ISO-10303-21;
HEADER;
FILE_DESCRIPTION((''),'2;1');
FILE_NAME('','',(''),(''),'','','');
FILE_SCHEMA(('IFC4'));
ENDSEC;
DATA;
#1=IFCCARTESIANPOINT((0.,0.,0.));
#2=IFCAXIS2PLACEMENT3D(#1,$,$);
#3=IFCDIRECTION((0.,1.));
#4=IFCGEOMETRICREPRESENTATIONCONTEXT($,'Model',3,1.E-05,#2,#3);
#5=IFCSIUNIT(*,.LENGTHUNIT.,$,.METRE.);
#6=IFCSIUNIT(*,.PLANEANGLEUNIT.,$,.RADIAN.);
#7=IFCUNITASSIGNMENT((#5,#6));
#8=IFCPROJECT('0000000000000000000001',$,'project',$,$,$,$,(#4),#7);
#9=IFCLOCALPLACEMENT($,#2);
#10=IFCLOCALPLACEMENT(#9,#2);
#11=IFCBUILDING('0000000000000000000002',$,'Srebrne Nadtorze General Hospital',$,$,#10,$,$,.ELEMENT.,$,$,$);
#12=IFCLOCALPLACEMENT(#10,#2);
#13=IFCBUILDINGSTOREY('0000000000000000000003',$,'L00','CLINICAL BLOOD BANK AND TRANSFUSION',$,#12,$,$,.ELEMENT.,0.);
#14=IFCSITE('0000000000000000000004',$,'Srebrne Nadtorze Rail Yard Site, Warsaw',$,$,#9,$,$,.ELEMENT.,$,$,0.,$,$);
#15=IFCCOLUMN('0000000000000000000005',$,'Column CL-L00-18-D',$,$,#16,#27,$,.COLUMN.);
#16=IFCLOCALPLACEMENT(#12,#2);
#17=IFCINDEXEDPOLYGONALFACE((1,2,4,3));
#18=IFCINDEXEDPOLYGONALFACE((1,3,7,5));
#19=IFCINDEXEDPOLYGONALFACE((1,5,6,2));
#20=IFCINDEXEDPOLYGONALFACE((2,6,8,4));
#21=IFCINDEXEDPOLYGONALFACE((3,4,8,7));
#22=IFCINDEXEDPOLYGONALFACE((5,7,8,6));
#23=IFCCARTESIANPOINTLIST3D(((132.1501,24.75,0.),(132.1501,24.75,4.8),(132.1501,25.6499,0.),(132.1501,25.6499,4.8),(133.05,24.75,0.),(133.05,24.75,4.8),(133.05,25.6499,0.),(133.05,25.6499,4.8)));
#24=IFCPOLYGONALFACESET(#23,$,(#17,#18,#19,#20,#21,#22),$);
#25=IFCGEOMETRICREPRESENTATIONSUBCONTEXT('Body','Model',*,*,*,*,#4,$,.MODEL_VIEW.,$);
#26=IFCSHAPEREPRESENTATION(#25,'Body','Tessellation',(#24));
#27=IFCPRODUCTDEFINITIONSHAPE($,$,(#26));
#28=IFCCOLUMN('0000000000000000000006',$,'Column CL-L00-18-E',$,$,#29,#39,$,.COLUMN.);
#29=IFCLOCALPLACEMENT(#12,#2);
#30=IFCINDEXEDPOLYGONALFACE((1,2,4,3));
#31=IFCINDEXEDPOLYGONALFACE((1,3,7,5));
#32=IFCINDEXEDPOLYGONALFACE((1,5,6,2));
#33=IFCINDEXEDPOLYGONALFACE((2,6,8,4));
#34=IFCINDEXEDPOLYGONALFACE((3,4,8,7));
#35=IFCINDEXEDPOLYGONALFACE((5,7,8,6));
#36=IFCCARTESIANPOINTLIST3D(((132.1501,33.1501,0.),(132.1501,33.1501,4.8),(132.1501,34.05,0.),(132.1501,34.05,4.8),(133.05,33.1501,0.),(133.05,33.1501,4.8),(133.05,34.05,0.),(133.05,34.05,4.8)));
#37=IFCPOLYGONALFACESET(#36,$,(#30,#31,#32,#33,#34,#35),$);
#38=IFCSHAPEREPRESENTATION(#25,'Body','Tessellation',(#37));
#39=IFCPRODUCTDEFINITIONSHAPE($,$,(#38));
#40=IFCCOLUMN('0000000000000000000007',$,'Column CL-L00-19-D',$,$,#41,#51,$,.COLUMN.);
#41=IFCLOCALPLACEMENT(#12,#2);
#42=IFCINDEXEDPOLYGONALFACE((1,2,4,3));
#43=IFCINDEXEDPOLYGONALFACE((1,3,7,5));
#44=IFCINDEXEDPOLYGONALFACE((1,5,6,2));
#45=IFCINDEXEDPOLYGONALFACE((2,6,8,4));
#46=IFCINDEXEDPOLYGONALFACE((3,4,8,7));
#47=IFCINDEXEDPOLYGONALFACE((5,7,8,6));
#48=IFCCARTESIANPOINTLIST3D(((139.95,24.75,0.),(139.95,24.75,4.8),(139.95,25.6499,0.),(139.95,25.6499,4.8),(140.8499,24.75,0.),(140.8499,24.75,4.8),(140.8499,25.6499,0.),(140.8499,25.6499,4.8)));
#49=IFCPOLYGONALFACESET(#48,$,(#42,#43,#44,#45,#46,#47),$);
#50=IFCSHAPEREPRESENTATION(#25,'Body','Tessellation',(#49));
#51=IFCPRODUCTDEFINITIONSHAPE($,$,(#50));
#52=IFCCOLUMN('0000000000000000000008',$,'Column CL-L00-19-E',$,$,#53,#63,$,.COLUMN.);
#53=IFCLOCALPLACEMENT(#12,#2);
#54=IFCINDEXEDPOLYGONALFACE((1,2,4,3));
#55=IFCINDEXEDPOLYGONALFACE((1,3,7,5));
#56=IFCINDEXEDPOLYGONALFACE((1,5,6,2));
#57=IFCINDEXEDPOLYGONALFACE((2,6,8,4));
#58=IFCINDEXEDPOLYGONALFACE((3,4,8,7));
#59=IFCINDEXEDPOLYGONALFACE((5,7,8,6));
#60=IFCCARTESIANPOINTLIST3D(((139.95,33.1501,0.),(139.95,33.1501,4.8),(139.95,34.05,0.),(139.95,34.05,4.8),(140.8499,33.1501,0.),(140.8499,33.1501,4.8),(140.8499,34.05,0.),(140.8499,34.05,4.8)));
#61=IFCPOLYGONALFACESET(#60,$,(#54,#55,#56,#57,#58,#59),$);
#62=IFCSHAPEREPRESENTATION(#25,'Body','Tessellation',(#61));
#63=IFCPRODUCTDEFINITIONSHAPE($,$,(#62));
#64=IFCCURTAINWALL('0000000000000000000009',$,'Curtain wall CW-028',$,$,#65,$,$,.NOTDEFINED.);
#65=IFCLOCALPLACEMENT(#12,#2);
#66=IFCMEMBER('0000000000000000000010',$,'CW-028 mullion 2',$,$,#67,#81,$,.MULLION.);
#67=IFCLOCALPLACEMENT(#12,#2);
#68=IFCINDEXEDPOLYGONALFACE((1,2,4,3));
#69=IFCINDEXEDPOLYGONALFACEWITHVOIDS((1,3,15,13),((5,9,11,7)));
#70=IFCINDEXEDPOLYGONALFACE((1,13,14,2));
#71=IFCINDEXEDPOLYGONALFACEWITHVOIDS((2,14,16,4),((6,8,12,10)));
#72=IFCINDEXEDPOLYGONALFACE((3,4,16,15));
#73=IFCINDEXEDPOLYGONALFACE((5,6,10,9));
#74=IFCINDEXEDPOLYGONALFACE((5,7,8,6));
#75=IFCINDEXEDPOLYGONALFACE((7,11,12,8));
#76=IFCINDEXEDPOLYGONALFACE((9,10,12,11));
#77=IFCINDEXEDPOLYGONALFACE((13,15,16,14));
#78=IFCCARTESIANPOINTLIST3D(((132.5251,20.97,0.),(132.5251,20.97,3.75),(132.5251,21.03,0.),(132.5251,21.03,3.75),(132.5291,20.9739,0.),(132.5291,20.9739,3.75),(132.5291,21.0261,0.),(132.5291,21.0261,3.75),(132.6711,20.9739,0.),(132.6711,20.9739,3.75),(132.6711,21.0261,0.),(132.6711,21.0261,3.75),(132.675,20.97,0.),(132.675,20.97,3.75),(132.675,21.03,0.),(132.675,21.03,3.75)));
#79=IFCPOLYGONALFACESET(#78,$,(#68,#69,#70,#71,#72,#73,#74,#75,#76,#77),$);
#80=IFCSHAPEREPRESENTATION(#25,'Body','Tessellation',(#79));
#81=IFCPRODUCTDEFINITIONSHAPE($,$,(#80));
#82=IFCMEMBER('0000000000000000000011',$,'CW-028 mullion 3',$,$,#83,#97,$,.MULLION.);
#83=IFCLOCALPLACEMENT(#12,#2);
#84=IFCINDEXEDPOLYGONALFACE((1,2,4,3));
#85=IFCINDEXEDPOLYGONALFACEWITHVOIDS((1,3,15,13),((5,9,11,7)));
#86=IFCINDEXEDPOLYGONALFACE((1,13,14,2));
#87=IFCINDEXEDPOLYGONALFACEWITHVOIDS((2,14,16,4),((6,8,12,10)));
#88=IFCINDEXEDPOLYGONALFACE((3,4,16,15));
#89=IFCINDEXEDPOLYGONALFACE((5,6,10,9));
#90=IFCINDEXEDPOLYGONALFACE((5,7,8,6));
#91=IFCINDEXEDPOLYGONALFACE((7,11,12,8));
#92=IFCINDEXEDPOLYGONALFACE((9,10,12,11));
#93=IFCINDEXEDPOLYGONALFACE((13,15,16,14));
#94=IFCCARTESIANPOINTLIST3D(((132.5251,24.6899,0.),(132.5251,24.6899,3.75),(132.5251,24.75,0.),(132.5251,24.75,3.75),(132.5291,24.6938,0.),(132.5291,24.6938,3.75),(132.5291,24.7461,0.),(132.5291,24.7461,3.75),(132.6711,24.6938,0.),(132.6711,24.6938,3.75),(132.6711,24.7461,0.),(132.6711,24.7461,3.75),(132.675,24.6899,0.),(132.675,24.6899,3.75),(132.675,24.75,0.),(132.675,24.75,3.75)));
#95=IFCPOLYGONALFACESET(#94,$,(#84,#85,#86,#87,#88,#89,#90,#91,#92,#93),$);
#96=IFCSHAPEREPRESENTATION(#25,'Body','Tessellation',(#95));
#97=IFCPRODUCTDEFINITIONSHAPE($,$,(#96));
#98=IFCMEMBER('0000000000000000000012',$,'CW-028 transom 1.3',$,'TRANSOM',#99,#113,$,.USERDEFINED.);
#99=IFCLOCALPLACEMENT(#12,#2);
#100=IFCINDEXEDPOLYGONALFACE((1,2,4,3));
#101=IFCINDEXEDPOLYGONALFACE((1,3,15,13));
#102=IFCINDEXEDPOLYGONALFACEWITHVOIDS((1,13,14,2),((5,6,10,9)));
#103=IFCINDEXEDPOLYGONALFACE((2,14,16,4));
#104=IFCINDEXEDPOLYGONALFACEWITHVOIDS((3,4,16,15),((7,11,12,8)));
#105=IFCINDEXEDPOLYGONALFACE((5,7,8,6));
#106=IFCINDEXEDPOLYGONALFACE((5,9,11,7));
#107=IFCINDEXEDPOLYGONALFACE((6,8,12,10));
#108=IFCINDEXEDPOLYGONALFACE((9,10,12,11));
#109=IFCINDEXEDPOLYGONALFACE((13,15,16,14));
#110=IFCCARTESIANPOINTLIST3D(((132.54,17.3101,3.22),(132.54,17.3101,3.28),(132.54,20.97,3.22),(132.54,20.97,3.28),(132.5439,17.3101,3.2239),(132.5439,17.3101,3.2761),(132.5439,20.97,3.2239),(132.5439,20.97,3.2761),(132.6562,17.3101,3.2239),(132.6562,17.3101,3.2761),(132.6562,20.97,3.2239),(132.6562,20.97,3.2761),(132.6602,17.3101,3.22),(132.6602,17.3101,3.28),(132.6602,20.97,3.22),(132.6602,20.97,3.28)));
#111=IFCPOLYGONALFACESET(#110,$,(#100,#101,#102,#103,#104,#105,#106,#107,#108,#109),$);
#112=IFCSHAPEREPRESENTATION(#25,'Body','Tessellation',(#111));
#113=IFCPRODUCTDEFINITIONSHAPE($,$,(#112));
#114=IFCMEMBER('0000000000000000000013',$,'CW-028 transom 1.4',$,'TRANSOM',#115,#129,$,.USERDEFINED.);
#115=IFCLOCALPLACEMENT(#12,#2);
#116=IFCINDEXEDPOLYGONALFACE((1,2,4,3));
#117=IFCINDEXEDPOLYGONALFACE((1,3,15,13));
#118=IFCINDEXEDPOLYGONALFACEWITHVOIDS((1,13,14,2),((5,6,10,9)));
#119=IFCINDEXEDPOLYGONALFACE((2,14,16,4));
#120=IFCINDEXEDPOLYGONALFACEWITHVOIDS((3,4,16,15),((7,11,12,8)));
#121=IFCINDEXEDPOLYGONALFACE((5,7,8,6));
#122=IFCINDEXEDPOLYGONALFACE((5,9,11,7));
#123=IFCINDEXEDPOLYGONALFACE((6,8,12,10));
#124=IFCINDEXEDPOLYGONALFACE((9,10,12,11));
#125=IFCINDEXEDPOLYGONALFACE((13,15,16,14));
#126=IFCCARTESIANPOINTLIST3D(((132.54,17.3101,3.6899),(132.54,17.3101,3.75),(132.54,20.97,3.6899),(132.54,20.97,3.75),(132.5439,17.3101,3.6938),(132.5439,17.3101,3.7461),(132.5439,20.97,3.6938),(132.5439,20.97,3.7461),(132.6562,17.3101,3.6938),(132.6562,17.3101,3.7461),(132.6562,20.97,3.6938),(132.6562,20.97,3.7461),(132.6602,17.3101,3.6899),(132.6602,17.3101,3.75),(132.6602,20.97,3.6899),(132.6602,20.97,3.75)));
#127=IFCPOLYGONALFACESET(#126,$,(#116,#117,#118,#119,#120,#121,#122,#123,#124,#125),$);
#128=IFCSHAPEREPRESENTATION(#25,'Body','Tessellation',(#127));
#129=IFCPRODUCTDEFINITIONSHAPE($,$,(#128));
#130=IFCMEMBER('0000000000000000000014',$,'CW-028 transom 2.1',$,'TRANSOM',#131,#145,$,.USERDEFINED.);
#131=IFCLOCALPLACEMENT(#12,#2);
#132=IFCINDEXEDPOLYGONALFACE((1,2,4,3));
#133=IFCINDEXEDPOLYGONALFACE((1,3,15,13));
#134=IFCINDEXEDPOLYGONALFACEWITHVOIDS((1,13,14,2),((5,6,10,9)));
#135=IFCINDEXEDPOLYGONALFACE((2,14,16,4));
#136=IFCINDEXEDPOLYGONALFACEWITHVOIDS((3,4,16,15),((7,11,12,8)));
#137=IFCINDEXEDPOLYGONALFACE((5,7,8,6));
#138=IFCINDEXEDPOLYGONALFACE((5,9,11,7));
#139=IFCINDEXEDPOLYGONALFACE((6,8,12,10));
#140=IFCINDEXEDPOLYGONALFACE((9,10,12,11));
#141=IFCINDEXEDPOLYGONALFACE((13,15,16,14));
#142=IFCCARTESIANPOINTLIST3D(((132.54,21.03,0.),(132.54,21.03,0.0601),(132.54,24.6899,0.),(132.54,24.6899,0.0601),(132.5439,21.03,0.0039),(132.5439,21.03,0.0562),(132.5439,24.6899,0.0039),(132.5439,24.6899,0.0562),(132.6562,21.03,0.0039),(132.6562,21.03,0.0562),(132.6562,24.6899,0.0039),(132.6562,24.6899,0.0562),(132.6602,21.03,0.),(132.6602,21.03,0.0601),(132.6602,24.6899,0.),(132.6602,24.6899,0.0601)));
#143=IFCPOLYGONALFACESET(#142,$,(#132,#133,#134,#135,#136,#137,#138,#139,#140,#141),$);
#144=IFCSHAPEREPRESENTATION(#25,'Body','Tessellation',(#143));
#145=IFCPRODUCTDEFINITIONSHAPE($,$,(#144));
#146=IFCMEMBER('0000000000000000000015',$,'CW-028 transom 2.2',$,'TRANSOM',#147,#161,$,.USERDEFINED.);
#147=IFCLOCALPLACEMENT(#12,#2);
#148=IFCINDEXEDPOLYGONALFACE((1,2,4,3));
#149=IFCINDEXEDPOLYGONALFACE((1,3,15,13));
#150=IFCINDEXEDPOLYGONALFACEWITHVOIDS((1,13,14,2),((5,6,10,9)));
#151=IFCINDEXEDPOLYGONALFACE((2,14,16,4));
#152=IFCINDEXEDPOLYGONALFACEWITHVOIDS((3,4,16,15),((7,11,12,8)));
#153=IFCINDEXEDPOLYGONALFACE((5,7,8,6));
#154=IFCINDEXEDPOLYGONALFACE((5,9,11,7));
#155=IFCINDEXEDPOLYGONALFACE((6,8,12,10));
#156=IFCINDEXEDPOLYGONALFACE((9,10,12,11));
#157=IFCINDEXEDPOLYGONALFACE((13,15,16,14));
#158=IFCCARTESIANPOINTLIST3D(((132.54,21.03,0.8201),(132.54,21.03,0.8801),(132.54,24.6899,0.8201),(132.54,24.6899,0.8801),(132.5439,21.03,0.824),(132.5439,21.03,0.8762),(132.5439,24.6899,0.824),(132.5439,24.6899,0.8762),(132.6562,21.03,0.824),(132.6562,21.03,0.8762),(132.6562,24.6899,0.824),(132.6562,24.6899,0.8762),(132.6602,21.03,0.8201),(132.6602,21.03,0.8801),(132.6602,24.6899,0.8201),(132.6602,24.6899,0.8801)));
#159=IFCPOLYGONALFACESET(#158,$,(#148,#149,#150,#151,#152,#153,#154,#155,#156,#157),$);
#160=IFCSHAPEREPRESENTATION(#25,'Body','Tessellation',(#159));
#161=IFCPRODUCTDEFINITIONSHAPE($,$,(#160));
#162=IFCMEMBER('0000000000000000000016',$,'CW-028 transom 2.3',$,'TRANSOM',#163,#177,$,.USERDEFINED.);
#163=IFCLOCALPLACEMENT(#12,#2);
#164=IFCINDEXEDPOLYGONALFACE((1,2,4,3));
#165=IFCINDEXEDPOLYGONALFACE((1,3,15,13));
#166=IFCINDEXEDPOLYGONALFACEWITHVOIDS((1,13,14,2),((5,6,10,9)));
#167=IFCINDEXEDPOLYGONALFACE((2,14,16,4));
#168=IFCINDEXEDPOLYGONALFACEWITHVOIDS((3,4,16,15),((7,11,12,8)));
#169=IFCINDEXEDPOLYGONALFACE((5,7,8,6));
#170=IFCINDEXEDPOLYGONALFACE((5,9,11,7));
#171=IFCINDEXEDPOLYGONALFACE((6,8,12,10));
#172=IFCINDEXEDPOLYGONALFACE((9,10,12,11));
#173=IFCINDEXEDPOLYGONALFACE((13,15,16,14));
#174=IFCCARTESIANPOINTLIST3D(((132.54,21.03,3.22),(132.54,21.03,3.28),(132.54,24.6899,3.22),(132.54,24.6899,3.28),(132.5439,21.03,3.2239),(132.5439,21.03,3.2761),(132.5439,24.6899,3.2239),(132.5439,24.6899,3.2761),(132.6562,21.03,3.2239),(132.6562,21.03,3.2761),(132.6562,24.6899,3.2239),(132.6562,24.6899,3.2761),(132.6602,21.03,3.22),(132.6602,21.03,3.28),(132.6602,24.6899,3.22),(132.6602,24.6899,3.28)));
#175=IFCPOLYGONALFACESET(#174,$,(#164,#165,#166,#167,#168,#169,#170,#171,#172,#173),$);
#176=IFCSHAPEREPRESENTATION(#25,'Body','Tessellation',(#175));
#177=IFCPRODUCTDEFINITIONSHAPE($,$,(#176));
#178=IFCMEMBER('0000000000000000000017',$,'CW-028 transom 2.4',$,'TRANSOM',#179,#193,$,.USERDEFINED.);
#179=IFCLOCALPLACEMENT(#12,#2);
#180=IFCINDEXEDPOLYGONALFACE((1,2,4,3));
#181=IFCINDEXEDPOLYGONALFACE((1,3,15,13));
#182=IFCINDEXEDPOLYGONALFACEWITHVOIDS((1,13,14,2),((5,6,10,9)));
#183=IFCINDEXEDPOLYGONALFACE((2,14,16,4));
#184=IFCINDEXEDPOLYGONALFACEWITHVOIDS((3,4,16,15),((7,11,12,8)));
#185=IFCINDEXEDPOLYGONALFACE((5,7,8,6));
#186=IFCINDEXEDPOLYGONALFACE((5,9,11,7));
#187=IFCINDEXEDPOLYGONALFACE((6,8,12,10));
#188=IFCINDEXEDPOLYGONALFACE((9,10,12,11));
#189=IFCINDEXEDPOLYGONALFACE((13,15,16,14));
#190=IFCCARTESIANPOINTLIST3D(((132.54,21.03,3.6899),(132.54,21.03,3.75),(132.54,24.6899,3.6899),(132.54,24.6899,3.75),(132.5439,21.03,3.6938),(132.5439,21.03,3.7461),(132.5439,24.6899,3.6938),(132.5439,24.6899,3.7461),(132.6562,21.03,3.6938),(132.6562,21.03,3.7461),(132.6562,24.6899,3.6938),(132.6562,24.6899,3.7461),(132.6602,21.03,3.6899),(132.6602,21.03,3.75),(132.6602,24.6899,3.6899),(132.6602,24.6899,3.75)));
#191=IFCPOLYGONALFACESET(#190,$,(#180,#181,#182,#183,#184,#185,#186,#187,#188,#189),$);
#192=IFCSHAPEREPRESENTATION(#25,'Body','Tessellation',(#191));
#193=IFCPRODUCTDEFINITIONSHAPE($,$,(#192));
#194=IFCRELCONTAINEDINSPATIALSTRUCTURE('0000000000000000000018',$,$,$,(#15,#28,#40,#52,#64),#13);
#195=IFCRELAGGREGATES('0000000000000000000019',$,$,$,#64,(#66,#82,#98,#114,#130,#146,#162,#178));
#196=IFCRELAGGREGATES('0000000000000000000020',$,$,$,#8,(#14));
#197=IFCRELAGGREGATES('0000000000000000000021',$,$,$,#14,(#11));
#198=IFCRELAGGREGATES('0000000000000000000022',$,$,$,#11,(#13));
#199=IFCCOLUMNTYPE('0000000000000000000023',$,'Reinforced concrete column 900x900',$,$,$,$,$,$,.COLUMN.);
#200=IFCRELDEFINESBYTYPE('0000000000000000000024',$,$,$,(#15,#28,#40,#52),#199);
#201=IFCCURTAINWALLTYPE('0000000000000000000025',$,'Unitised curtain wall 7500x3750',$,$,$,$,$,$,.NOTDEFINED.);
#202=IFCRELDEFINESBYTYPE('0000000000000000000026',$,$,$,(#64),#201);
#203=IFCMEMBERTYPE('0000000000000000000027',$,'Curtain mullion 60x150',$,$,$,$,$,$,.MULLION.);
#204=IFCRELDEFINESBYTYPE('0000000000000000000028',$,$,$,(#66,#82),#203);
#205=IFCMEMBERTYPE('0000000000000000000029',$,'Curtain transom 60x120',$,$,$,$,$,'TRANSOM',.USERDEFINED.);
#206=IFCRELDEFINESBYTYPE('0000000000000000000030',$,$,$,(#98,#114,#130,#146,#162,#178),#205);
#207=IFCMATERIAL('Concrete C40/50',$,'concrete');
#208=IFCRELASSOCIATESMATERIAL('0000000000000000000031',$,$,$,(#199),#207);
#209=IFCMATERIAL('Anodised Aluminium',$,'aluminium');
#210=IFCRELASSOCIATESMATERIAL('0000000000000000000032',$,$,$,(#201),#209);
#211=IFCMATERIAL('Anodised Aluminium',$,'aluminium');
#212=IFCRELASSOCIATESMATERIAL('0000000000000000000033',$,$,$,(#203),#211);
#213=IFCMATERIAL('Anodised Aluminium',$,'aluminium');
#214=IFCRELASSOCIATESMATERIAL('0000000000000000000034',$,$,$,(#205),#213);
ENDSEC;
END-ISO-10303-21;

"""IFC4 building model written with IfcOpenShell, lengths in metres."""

from ifc_helpers import new_model, si_unit, direction, frame, origin, origin_2d, place, context, subcontext, project, spatial, rectangle, hollow_rectangle, extrude, material, material_profile, profile_set, type_object, element, aggregate, save


model = new_model("IFC4")

# Units and contexts
model_context = context("Model", 3, precision=1e-05, world=origin(), true_north=direction((0.0, 1.0)))
body_context = subcontext(model_context, "Body", "Model", "MODEL_VIEW")
ifc_project = project(units=[si_unit("LENGTHUNIT", "METRE"), si_unit("PLANEANGLEUNIT", "RADIAN")], contexts=[model_context])

# Site, building, storey
site_placement = place(None, origin())
site = spatial("IfcSite", under=ifc_project, at=site_placement, Name="Srebrne Nadtorze Rail Yard Site, Warsaw", CompositionType="ELEMENT", RefElevation=0.0)
building_placement = place(site_placement, origin())
building = spatial("IfcBuilding", under=site, at=building_placement, Name="Srebrne Nadtorze General Hospital", CompositionType="ELEMENT")
storey_placement = place(building_placement, origin())
storey = spatial("IfcBuildingStorey", under=building, at=storey_placement, Name="L00", Description="CLINICAL BLOOD BANK AND TRANSFUSION", CompositionType="ELEMENT", Elevation=0.0)

# Columns
ifc_material_1 = material(Name="Concrete C40/50", Category="concrete")
ifc_material_profile_1 = material_profile(ifc_material_1, rectangle(XDim=0.8999, YDim=0.8999, at=origin_2d()), Name="RC-COL-900x900")
ifc_profile_set_1 = profile_set([ifc_material_profile_1], Name="Concrete C40/50")
column_type = type_object("IfcColumnType", Name="Reinforced concrete column 900x900", PredefinedType="COLUMN", material=ifc_profile_set_1)
for number, where, z_axis, x_axis, name in (
    (1, (132.6001, 25.2, 0.0), (0.0, 0.0, 1.0), (1.0, 0.0, 0.0), "Column CL-L00-18-D"),
    (2, (132.6001, 33.6001, 0.0), (0.0, 0.0, 1.0), (1.0, 0.0, 0.0), "Column CL-L00-18-E"),
    (3, (140.3999, 25.2, 0.0), (0.0, 0.0, 1.0), (1.0, 0.0, 0.0), "Column CL-L00-19-D"),
    (4, (140.3999, 33.6001, 0.0), (0.0, 0.0, 1.0), (1.0, 0.0, 0.0), "Column CL-L00-19-E"),
):
    element("IfcColumn", number, at=place(storey_placement, frame(where, z_axis=z_axis, x_axis=x_axis)), inside=storey, type_object=column_type, Name=name, PredefinedType="COLUMN", context=body_context, shape_type="SweptSolid", body=[
        extrude(rectangle(XDim=0.8999, YDim=0.8999, at=origin_2d()), origin(), (0.0, 0.0, 1.0), 4.8),
    ])

# Curtain wall, members
ifc_material_2 = material(Name="Anodised Aluminium", Category="aluminium")
curtain_wall_type = type_object("IfcCurtainWallType", Name="Unitised curtain wall 7500x3750", PredefinedType="NOTDEFINED", material=ifc_material_2)
curtain_wall_placement = place(storey_placement, origin())
curtain_wall = element("IfcCurtainWall", 5, at=curtain_wall_placement, inside=storey, type_object=curtain_wall_type, Name="Curtain wall CW-028", PredefinedType="NOTDEFINED")
ifc_material_3 = material(Name="Anodised Aluminium", Category="aluminium")
ifc_material_profile_2 = material_profile(ifc_material_3, hollow_rectangle(XDim=0.0601, YDim=0.1499, WallThickness=0.0039, at=origin_2d()), Name="AL-MUL-60x150")
ifc_profile_set_2 = profile_set([ifc_material_profile_2], Name="Anodised Aluminium")
member_type_1 = type_object("IfcMemberType", Name="Curtain mullion 60x150", PredefinedType="MULLION", material=ifc_profile_set_2)
member_1_placement = place(storey_placement, frame((132.6001, 21.0, 0.0), z_axis=(0.0, 0.0, 1.0), x_axis=(0.0, 1.0, 0.0)))
member_1 = element("IfcMember", 6, at=member_1_placement, type_object=member_type_1, Name="CW-028 mullion 2", PredefinedType="MULLION", context=body_context, shape_type="SweptSolid", body=[
    extrude(hollow_rectangle(XDim=0.0601, YDim=0.1499, WallThickness=0.0039, at=origin_2d()), origin(), (0.0, 0.0, 1.0), 3.75),
])
member_2_placement = place(storey_placement, frame((132.6001, 24.72, 0.0), z_axis=(0.0, 0.0, 1.0), x_axis=(0.0, 1.0, 0.0)))
member_2 = element("IfcMember", 7, at=member_2_placement, type_object=member_type_1, Name="CW-028 mullion 3", PredefinedType="MULLION", context=body_context, shape_type="SweptSolid", body=[
    extrude(hollow_rectangle(XDim=0.0601, YDim=0.1499, WallThickness=0.0039, at=origin_2d()), origin(), (0.0, 0.0, 1.0), 3.75),
])
ifc_material_4 = material(Name="Anodised Aluminium", Category="aluminium")
ifc_material_profile_3 = material_profile(ifc_material_4, hollow_rectangle(XDim=0.0601, YDim=0.1201, WallThickness=0.0039, at=origin_2d()), Name="AL-TRN-60x120")
ifc_profile_set_3 = profile_set([ifc_material_profile_3], Name="Anodised Aluminium")
member_type_2 = type_object("IfcMemberType", Name="Curtain transom 60x120", ElementType="TRANSOM", PredefinedType="USERDEFINED", material=ifc_profile_set_3)
member_3_placement = place(storey_placement, frame((132.6001, 17.3101, 3.25), z_axis=(0.0, 1.0, 0.0), x_axis=(0.0, 0.0, 1.0)))
member_3 = element("IfcMember", 8, at=member_3_placement, type_object=member_type_2, Name="CW-028 transom 1.3", ObjectType="TRANSOM", PredefinedType="USERDEFINED", context=body_context, shape_type="SweptSolid", body=[
    extrude(hollow_rectangle(XDim=0.0601, YDim=0.1201, WallThickness=0.0039, at=origin_2d()), origin(), (0.0, 0.0, 1.0), 3.6599),
])
member_4_placement = place(storey_placement, frame((132.6001, 17.3101, 3.72), z_axis=(0.0, 1.0, 0.0), x_axis=(0.0, 0.0, 1.0)))
member_4 = element("IfcMember", 9, at=member_4_placement, type_object=member_type_2, Name="CW-028 transom 1.4", ObjectType="TRANSOM", PredefinedType="USERDEFINED", context=body_context, shape_type="SweptSolid", body=[
    extrude(hollow_rectangle(XDim=0.0601, YDim=0.1201, WallThickness=0.0039, at=origin_2d()), origin(), (0.0, 0.0, 1.0), 3.6599),
])
member_5_placement = place(storey_placement, frame((132.6001, 21.03, 0.03), z_axis=(0.0, 1.0, 0.0), x_axis=(0.0, 0.0, 1.0)))
member_5 = element("IfcMember", 10, at=member_5_placement, type_object=member_type_2, Name="CW-028 transom 2.1", ObjectType="TRANSOM", PredefinedType="USERDEFINED", context=body_context, shape_type="SweptSolid", body=[
    extrude(hollow_rectangle(XDim=0.0601, YDim=0.1201, WallThickness=0.0039, at=origin_2d()), origin(), (0.0, 0.0, 1.0), 3.6599),
])
member_6_placement = place(storey_placement, frame((132.6001, 21.03, 0.8501), z_axis=(0.0, 1.0, 0.0), x_axis=(0.0, 0.0, 1.0)))
member_6 = element("IfcMember", 11, at=member_6_placement, type_object=member_type_2, Name="CW-028 transom 2.2", ObjectType="TRANSOM", PredefinedType="USERDEFINED", context=body_context, shape_type="SweptSolid", body=[
    extrude(hollow_rectangle(XDim=0.0601, YDim=0.1201, WallThickness=0.0039, at=origin_2d()), origin(), (0.0, 0.0, 1.0), 3.6599),
])
member_7_placement = place(storey_placement, frame((132.6001, 21.03, 3.25), z_axis=(0.0, 1.0, 0.0), x_axis=(0.0, 0.0, 1.0)))
member_7 = element("IfcMember", 12, at=member_7_placement, type_object=member_type_2, Name="CW-028 transom 2.3", ObjectType="TRANSOM", PredefinedType="USERDEFINED", context=body_context, shape_type="SweptSolid", body=[
    extrude(hollow_rectangle(XDim=0.0601, YDim=0.1201, WallThickness=0.0039, at=origin_2d()), origin(), (0.0, 0.0, 1.0), 3.6599),
])
member_8_placement = place(storey_placement, frame((132.6001, 21.03, 3.72), z_axis=(0.0, 1.0, 0.0), x_axis=(0.0, 0.0, 1.0)))
member_8 = element("IfcMember", 13, at=member_8_placement, type_object=member_type_2, Name="CW-028 transom 2.4", ObjectType="TRANSOM", PredefinedType="USERDEFINED", context=body_context, shape_type="SweptSolid", body=[
    extrude(hollow_rectangle(XDim=0.0601, YDim=0.1201, WallThickness=0.0039, at=origin_2d()), origin(), (0.0, 0.0, 1.0), 3.6599),
])

aggregate(curtain_wall, [member_1, member_2, member_3, member_4, member_5, member_6, member_7, member_8])

save(model, "model.ifc")
